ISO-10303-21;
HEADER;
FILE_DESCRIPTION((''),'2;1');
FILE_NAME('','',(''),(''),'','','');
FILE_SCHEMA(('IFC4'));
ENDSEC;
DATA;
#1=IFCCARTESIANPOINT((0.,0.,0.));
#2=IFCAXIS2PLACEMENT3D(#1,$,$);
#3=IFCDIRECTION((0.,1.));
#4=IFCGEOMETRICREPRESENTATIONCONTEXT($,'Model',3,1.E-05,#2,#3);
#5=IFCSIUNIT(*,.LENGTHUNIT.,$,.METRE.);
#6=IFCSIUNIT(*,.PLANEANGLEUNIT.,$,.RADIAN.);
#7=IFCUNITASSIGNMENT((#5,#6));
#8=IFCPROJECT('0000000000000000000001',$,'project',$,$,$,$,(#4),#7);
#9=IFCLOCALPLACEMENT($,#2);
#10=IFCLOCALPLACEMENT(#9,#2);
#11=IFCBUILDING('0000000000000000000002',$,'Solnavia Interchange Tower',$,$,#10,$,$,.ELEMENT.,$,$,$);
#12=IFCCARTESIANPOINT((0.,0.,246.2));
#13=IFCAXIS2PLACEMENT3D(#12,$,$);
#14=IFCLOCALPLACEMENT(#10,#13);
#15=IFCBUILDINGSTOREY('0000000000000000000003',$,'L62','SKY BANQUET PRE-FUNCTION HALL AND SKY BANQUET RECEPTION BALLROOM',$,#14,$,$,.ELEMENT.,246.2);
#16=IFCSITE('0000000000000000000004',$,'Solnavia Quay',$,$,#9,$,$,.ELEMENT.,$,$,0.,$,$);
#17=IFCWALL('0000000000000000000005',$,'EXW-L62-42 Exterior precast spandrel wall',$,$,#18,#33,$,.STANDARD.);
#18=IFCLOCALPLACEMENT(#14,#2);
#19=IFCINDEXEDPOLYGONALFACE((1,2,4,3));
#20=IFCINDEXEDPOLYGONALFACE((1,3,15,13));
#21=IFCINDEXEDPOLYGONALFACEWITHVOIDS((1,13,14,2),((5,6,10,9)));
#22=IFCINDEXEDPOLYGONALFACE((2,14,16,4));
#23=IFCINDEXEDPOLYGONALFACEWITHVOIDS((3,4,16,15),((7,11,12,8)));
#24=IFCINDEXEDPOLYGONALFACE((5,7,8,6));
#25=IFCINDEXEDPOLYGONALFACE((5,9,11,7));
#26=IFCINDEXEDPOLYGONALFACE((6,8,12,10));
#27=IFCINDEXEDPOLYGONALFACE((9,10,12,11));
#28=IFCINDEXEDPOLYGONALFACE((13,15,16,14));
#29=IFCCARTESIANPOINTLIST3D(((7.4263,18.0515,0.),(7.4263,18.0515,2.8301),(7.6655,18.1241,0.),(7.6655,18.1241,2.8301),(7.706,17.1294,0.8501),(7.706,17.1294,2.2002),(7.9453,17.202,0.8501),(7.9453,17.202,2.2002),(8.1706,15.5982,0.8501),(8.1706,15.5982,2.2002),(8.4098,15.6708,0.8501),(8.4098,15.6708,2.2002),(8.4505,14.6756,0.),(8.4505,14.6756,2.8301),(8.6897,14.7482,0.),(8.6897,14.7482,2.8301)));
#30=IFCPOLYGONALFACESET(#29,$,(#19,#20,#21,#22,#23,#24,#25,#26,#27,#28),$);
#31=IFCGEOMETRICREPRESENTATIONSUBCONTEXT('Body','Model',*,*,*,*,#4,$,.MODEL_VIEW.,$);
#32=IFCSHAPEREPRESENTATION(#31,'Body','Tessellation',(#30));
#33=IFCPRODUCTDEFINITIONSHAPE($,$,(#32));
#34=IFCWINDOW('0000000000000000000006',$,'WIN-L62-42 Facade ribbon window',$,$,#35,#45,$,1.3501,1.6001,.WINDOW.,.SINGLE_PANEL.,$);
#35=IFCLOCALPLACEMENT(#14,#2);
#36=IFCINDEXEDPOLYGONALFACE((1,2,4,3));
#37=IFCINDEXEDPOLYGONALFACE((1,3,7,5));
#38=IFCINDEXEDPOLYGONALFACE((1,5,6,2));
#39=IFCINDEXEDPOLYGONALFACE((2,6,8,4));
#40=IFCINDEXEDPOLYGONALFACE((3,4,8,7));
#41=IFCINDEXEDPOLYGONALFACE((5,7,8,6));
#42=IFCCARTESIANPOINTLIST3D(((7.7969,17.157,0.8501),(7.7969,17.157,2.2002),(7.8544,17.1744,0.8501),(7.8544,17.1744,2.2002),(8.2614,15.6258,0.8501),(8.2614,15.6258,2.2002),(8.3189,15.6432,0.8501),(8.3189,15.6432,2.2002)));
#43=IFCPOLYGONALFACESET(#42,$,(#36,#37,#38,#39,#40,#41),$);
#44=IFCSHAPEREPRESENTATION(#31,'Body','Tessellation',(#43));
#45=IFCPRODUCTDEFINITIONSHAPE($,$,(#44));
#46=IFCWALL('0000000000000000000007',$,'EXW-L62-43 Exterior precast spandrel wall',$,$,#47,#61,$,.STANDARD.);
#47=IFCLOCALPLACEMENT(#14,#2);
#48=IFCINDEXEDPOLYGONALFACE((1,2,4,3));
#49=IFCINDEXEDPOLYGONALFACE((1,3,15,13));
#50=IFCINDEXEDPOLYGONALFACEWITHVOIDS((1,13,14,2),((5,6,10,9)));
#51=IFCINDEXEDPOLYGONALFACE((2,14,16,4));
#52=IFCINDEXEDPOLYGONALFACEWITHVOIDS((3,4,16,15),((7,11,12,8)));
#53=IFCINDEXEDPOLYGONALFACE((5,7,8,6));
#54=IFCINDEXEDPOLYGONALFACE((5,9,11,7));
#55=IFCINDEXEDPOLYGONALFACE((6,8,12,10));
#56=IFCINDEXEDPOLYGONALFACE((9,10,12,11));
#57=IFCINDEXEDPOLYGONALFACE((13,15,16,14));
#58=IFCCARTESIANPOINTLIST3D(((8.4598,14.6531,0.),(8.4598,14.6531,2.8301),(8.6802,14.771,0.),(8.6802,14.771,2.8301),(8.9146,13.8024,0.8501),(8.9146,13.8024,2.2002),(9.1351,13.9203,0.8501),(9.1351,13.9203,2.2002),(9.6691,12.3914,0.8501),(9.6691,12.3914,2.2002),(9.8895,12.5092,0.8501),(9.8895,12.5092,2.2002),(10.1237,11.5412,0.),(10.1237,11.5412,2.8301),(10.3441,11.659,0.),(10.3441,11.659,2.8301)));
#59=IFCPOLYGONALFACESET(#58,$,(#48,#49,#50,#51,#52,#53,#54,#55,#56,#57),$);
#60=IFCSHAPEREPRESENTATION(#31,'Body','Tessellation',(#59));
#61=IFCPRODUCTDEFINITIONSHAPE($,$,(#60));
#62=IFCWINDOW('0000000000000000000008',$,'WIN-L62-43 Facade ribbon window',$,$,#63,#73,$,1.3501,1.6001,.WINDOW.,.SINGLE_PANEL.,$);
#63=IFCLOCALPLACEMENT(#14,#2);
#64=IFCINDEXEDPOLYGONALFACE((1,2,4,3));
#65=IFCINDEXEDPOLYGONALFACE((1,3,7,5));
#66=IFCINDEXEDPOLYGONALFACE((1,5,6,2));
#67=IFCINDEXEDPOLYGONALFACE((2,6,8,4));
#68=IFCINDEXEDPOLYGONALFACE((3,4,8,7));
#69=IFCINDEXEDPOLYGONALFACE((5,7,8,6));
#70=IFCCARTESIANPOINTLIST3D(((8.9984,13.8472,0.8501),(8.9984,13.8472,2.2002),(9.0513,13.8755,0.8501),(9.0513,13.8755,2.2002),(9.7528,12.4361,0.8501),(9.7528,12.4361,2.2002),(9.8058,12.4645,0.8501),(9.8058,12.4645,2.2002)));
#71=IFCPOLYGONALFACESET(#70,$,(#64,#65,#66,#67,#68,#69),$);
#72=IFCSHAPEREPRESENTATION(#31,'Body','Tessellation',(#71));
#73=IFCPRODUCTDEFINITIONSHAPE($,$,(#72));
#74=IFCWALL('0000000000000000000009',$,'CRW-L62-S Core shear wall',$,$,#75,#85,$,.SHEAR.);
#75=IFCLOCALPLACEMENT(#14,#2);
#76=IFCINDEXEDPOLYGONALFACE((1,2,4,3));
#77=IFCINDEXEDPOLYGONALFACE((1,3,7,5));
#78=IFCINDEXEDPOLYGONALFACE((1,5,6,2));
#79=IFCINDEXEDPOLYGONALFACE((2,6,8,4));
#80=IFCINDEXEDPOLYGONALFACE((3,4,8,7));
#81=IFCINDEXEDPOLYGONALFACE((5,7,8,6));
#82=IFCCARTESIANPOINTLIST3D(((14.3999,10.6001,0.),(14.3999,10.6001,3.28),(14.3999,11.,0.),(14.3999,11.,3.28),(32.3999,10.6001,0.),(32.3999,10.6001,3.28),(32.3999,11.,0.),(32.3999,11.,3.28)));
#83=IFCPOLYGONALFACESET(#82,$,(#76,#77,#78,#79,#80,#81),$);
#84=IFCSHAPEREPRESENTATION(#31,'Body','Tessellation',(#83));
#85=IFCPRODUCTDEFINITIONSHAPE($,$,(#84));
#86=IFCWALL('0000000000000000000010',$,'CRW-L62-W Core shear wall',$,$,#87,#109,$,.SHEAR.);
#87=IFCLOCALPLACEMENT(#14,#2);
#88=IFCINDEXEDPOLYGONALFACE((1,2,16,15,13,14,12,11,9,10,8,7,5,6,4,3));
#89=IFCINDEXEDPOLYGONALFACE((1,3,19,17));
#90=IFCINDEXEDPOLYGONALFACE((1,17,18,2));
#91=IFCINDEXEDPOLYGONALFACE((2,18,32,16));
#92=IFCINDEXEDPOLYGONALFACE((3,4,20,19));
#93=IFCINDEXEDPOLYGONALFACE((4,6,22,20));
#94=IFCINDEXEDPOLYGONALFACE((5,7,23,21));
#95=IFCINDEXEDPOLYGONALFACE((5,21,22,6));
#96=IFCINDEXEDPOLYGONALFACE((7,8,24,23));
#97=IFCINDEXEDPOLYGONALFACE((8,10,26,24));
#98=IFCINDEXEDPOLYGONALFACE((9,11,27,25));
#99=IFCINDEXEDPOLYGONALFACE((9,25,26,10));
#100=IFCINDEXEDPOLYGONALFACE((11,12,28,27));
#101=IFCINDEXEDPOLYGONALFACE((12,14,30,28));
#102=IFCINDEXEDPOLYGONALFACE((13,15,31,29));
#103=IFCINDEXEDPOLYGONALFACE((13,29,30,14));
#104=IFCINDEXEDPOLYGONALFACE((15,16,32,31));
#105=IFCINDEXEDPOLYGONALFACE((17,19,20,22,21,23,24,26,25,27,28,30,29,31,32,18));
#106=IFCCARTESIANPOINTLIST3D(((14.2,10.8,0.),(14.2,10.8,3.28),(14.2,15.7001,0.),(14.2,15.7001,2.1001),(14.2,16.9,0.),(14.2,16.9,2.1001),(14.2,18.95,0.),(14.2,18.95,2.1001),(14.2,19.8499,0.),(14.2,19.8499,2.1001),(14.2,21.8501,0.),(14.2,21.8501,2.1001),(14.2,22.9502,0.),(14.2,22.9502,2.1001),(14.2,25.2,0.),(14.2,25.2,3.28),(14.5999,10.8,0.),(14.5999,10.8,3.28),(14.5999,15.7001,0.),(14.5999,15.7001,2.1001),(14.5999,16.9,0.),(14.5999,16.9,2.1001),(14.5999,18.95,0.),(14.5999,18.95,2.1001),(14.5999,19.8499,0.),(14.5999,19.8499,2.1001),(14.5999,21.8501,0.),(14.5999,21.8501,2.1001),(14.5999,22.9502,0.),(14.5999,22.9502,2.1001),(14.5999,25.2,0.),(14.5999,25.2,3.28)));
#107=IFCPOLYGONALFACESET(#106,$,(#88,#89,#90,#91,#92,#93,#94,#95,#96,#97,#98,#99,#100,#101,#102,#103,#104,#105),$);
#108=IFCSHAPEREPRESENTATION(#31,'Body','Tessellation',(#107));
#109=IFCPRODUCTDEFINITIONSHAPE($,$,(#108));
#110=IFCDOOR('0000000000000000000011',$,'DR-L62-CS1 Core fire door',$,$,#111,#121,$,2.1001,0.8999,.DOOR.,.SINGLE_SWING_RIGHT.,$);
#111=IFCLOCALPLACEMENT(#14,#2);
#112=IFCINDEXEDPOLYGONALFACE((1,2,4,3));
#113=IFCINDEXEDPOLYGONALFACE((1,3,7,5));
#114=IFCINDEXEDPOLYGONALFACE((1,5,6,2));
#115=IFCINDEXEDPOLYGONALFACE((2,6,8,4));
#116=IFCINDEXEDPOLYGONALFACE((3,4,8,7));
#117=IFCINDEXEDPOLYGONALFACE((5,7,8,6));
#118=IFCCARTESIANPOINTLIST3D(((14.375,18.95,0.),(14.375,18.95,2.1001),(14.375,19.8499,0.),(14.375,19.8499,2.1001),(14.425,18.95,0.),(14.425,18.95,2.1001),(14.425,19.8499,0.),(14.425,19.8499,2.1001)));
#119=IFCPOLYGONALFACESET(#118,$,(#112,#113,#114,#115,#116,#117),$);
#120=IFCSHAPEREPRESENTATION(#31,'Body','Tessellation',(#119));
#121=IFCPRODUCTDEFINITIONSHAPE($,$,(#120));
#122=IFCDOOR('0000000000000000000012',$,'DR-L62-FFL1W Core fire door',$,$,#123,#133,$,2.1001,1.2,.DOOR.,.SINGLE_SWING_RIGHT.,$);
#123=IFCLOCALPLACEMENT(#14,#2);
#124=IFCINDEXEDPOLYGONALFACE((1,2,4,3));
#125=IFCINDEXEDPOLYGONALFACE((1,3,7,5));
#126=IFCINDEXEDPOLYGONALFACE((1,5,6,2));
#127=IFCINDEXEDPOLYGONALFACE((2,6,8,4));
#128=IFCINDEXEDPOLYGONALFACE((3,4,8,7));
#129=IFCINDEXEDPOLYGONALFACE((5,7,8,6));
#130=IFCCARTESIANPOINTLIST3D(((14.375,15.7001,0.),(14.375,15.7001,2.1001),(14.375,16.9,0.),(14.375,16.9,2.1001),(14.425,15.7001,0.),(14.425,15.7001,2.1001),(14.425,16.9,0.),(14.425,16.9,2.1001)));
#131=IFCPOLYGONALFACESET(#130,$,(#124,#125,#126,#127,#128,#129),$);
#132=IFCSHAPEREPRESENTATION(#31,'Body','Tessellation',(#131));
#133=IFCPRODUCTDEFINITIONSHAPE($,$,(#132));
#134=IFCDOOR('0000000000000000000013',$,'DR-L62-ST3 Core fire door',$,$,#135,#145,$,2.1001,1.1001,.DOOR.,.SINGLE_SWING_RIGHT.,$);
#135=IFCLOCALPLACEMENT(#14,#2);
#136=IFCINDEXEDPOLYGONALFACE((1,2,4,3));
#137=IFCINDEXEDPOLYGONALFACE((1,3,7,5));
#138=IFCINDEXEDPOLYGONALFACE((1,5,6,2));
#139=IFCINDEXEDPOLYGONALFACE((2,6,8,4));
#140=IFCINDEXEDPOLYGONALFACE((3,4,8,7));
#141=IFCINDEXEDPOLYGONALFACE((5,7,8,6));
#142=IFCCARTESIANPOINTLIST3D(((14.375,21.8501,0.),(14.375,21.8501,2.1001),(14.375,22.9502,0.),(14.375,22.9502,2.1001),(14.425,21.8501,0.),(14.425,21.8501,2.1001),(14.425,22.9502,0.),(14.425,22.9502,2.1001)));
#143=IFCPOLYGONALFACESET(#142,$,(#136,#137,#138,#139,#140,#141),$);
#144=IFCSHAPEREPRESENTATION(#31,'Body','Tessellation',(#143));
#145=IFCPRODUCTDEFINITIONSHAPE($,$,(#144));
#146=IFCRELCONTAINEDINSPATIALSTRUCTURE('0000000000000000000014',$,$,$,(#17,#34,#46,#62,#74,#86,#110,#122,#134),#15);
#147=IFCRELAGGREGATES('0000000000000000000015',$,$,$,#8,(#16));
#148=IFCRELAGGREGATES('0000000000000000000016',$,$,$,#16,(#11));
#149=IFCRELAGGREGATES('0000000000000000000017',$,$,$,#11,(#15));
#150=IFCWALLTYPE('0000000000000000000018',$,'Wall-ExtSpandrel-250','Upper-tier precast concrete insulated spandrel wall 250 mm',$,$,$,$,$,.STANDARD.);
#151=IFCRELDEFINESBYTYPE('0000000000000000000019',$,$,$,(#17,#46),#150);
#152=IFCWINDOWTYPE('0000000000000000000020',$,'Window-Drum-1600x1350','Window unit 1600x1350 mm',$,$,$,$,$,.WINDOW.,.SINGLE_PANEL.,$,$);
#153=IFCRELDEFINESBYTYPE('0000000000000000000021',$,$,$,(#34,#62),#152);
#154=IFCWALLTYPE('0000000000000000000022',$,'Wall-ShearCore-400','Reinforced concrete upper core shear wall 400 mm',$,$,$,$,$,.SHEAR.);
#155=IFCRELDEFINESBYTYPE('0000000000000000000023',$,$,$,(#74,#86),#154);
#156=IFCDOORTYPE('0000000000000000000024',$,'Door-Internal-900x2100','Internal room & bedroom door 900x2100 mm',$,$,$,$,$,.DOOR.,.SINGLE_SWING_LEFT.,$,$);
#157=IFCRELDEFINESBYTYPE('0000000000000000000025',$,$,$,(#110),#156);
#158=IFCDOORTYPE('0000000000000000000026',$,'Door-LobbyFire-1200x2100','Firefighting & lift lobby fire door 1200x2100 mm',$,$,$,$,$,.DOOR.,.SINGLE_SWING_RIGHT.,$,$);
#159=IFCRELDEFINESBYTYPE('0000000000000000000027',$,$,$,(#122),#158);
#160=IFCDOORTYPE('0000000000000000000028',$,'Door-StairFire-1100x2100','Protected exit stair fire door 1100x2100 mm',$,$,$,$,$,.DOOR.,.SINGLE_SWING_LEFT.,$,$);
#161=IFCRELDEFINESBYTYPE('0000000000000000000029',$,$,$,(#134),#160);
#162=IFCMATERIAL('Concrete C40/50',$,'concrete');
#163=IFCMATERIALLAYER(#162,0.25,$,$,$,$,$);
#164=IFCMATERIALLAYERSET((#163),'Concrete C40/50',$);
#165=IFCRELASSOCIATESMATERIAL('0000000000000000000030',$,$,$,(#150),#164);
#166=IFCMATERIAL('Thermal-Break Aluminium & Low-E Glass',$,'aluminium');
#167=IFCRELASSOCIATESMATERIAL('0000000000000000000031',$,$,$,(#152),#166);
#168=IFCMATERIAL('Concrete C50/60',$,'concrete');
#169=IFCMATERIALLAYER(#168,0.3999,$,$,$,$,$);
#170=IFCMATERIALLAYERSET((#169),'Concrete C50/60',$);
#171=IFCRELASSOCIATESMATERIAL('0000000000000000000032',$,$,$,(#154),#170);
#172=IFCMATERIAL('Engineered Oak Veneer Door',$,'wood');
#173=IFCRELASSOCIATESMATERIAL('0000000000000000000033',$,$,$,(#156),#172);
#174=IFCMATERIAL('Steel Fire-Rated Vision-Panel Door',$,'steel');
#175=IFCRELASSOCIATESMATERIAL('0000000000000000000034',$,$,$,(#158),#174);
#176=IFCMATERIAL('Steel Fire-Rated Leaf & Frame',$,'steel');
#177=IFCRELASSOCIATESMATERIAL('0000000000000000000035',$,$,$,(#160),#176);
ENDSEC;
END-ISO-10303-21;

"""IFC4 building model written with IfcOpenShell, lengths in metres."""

from ifc_helpers import new_model, si_unit, direction, frame, frame_2d, origin, place, context, subcontext, project, spatial, rectangle, extrude, material, layer, layer_set, type_object, element, fill, save


model = new_model("IFC4")

# Units and contexts
model_context = context("Model", 3, precision=1e-05, world=origin(), true_north=direction((0.0, 1.0)))
body_context = subcontext(model_context, "Body", "Model", "MODEL_VIEW")
ifc_project = project(units=[si_unit("LENGTHUNIT", "METRE"), si_unit("PLANEANGLEUNIT", "RADIAN")], contexts=[model_context])

# Site, building, storey
site_placement = place(None, origin())
site = spatial("IfcSite", under=ifc_project, at=site_placement, Name="Solnavia Quay", CompositionType="ELEMENT", RefElevation=0.0)
building_placement = place(site_placement, origin())
building = spatial("IfcBuilding", under=site, at=building_placement, Name="Solnavia Interchange Tower", CompositionType="ELEMENT")
storey_placement = place(building_placement, frame((0.0, 0.0, 246.2)))
storey = spatial("IfcBuildingStorey", under=building, at=storey_placement, Name="L62", Description="SKY BANQUET PRE-FUNCTION HALL AND SKY BANQUET RECEPTION BALLROOM", CompositionType="ELEMENT", Elevation=246.2)

# Shared definitions
ifc_material_1 = material(Name="Concrete C50/60", Category="concrete")

# Walls, openings, windows
ifc_material_2 = material(Name="Concrete C40/50", Category="concrete")
ifc_layer_1 = layer(ifc_material_2, 0.25)
ifc_layer_set_1 = layer_set([ifc_layer_1], Name="Concrete C40/50")
wall_type_1 = type_object("IfcWallType", Name="Wall-ExtSpandrel-250", Description="Upper-tier precast concrete insulated spandrel wall 250 mm", PredefinedType="STANDARD", material=ifc_layer_set_1)
ifc_material_3 = material(Name="Thermal-Break Aluminium & Low-E Glass", Category="aluminium")
window_type = type_object("IfcWindowType", Name="Window-Drum-1600x1350", Description="Window unit 1600x1350 mm", PartitioningType="SINGLE_PANEL", PredefinedType="WINDOW", material=ifc_material_3)
wall_1_placement = place(storey_placement, frame((8.5701, 14.7119, 0.0), z_axis=(0.0, 0.0, 1.0), x_axis=(-0.290305, 0.956934, 0.0)))
wall_1 = element("IfcWall", 1, at=wall_1_placement, inside=storey, type_object=wall_type_1, Name="EXW-L62-42 Exterior precast spandrel wall", PredefinedType="STANDARD", context=body_context, shape_type="SweptSolid", body=[
    extrude(rectangle(XDim=3.5278, YDim=0.25, at=frame_2d((1.7639, 0.0))), origin(), (0.0, 0.0, 1.0), 2.8301),
])
opening_1_placement = place(wall_1_placement, frame((0.9641, 0.0, 0.8501)))
opening_1 = element("IfcOpeningElement", 2, at=opening_1_placement, cuts=wall_1, PredefinedType="OPENING", context=body_context, shape_type="SweptSolid", body=[
    extrude(rectangle(XDim=1.6001, YDim=1.3501, at=frame_2d((0.8, 0.675))), frame((0.0, 0.135, 0.0), z_axis=(0.0, -1.0, 0.0), x_axis=(1.0, 0.0, 0.0)), (0.0, 0.0, 1.0), 0.27),
])
window_1_placement = place(opening_1_placement, origin())
window_1 = element("IfcWindow", 3, at=window_1_placement, inside=storey, type_object=window_type, Name="WIN-L62-42 Facade ribbon window", OverallHeight=1.3501, OverallWidth=1.6001, PartitioningType="SINGLE_PANEL", PredefinedType="WINDOW", context=body_context, shape_type="SweptSolid", body=[
    extrude(rectangle(XDim=1.6001, YDim=1.3501, at=frame_2d((0.8, 0.675))), frame((0.0, 0.03, 0.0), z_axis=(0.0, -1.0, 0.0), x_axis=(1.0, 0.0, 0.0)), (0.0, 0.0, 1.0), 0.0601),
])
fill(opening_1, window_1)
wall_2_placement = place(storey_placement, frame((10.2339, 11.6001, 0.0), z_axis=(0.0, 0.0, 1.0), x_axis=(-0.471511, 0.88186, 0.0)))
wall_2 = element("IfcWall", 4, at=wall_2_placement, inside=storey, type_object=wall_type_1, Name="EXW-L62-43 Exterior precast spandrel wall", PredefinedType="STANDARD", context=body_context, shape_type="SweptSolid", body=[
    extrude(rectangle(XDim=3.5288, YDim=0.25, at=frame_2d((1.7644, 0.0))), origin(), (0.0, 0.0, 1.0), 2.8301),
])
opening_2_placement = place(wall_2_placement, frame((0.9641, 0.0, 0.8501)))
opening_2 = element("IfcOpeningElement", 5, at=opening_2_placement, cuts=wall_2, PredefinedType="OPENING", context=body_context, shape_type="SweptSolid", body=[
    extrude(rectangle(XDim=1.6001, YDim=1.3501, at=frame_2d((0.8, 0.675))), frame((0.0, 0.135, 0.0), z_axis=(0.0, -1.0, 0.0), x_axis=(1.0, 0.0, 0.0)), (0.0, 0.0, 1.0), 0.27),
])
window_2_placement = place(opening_2_placement, origin())
window_2 = element("IfcWindow", 6, at=window_2_placement, inside=storey, type_object=window_type, Name="WIN-L62-43 Facade ribbon window", OverallHeight=1.3501, OverallWidth=1.6001, PartitioningType="SINGLE_PANEL", PredefinedType="WINDOW", context=body_context, shape_type="SweptSolid", body=[
    extrude(rectangle(XDim=1.6001, YDim=1.3501, at=frame_2d((0.8, 0.675))), frame((0.0, 0.03, 0.0), z_axis=(0.0, -1.0, 0.0), x_axis=(1.0, 0.0, 0.0)), (0.0, 0.0, 1.0), 0.0601),
])
fill(opening_2, window_2)

# Wall
ifc_layer_2 = layer(ifc_material_1, 0.3999)
ifc_layer_set_2 = layer_set([ifc_layer_2], Name="Concrete C50/60")
wall_type_2 = type_object("IfcWallType", Name="Wall-ShearCore-400", Description="Reinforced concrete upper core shear wall 400 mm", PredefinedType="SHEAR", material=ifc_layer_set_2)
wall_3_placement = place(storey_placement, frame((14.3999, 10.8, 0.0), z_axis=(0.0, 0.0, 1.0), x_axis=(1.0, 0.0, 0.0)))
element("IfcWall", 7, at=wall_3_placement, inside=storey, type_object=wall_type_2, Name="CRW-L62-S Core shear wall", PredefinedType="SHEAR", context=body_context, shape_type="SweptSolid", body=[
    extrude(rectangle(XDim=18.0, YDim=0.3999, at=frame_2d((9.0, 0.0))), origin(), (0.0, 0.0, 1.0), 3.28),
])

# Wall, openings, doors
wall_4_placement = place(storey_placement, frame((14.3999, 10.8, 0.0), z_axis=(0.0, 0.0, 1.0), x_axis=(0.0, 1.0, 0.0)))
wall_4 = element("IfcWall", 8, at=wall_4_placement, inside=storey, type_object=wall_type_2, Name="CRW-L62-W Core shear wall", PredefinedType="SHEAR", context=body_context, shape_type="SweptSolid", body=[
    extrude(rectangle(XDim=14.3999, YDim=0.3999, at=frame_2d((7.2, 0.0))), origin(), (0.0, 0.0, 1.0), 3.28),
])
opening_3_placement = place(wall_4_placement, frame((11.05, 0.0, 0.0)))
opening_3 = element("IfcOpeningElement", 9, at=opening_3_placement, cuts=wall_4, PredefinedType="OPENING", context=body_context, shape_type="SweptSolid", body=[
    extrude(rectangle(XDim=1.1001, YDim=2.1001, at=frame_2d((0.55, 1.05))), frame((0.0, 0.21, 0.0), z_axis=(0.0, -1.0, 0.0), x_axis=(1.0, 0.0, 0.0)), (0.0, 0.0, 1.0), 0.4199),
])
opening_4_placement = place(wall_4_placement, frame((4.8999, 0.0, 0.0)))
opening_4 = element("IfcOpeningElement", 10, at=opening_4_placement, cuts=wall_4, PredefinedType="OPENING", context=body_context, shape_type="SweptSolid", body=[
    extrude(rectangle(XDim=1.2, YDim=2.1001, at=frame_2d((0.6001, 1.05))), frame((0.0, 0.21, 0.0), z_axis=(0.0, -1.0, 0.0), x_axis=(1.0, 0.0, 0.0)), (0.0, 0.0, 1.0), 0.4199),
])
opening_5_placement = place(wall_4_placement, frame((8.1499, 0.0, 0.0)))
opening_5 = element("IfcOpeningElement", 11, at=opening_5_placement, cuts=wall_4, PredefinedType="OPENING", context=body_context, shape_type="SweptSolid", body=[
    extrude(rectangle(XDim=0.8999, YDim=2.1001, at=frame_2d((0.45, 1.05))), frame((0.0, 0.21, 0.0), z_axis=(0.0, -1.0, 0.0), x_axis=(1.0, 0.0, 0.0)), (0.0, 0.0, 1.0), 0.4199),
])
ifc_material_4 = material(Name="Engineered Oak Veneer Door", Category="wood")
door_type_1 = type_object("IfcDoorType", Name="Door-Internal-900x2100", Description="Internal room & bedroom door 900x2100 mm", OperationType="SINGLE_SWING_LEFT", PredefinedType="DOOR", material=ifc_material_4)
door_1_placement = place(opening_5_placement, origin())
door_1 = element("IfcDoor", 12, at=door_1_placement, inside=storey, type_object=door_type_1, Name="DR-L62-CS1 Core fire door", OperationType="SINGLE_SWING_RIGHT", OverallHeight=2.1001, OverallWidth=0.8999, PredefinedType="DOOR", context=body_context, shape_type="SweptSolid", body=[
    extrude(rectangle(XDim=0.8999, YDim=2.1001, at=frame_2d((0.45, 1.05))), frame((0.0, 0.0249, 0.0), z_axis=(0.0, -1.0, 0.0), x_axis=(1.0, 0.0, 0.0)), (0.0, 0.0, 1.0), 0.05),
])
fill(opening_5, door_1)
ifc_material_5 = material(Name="Steel Fire-Rated Vision-Panel Door", Category="steel")
door_type_2 = type_object("IfcDoorType", Name="Door-LobbyFire-1200x2100", Description="Firefighting & lift lobby fire door 1200x2100 mm", OperationType="SINGLE_SWING_RIGHT", PredefinedType="DOOR", material=ifc_material_5)
door_2_placement = place(opening_4_placement, origin())
door_2 = element("IfcDoor", 13, at=door_2_placement, inside=storey, type_object=door_type_2, Name="DR-L62-FFL1W Core fire door", OperationType="SINGLE_SWING_RIGHT", OverallHeight=2.1001, OverallWidth=1.2, PredefinedType="DOOR", context=body_context, shape_type="SweptSolid", body=[
    extrude(rectangle(XDim=1.2, YDim=2.1001, at=frame_2d((0.6001, 1.05))), frame((0.0, 0.0249, 0.0), z_axis=(0.0, -1.0, 0.0), x_axis=(1.0, 0.0, 0.0)), (0.0, 0.0, 1.0), 0.05),
])
fill(opening_4, door_2)
ifc_material_6 = material(Name="Steel Fire-Rated Leaf & Frame", Category="steel")
door_type_3 = type_object("IfcDoorType", Name="Door-StairFire-1100x2100", Description="Protected exit stair fire door 1100x2100 mm", OperationType="SINGLE_SWING_LEFT", PredefinedType="DOOR", material=ifc_material_6)
door_3_placement = place(opening_3_placement, origin())
door_3 = element("IfcDoor", 14, at=door_3_placement, inside=storey, type_object=door_type_3, Name="DR-L62-ST3 Core fire door", OperationType="SINGLE_SWING_RIGHT", OverallHeight=2.1001, OverallWidth=1.1001, PredefinedType="DOOR", context=body_context, shape_type="SweptSolid", body=[
    extrude(rectangle(XDim=1.1001, YDim=2.1001, at=frame_2d((0.55, 1.05))), frame((0.0, 0.0249, 0.0), z_axis=(0.0, -1.0, 0.0), x_axis=(1.0, 0.0, 0.0)), (0.0, 0.0, 1.0), 0.05),
])
fill(opening_3, door_3)

save(model, "model.ifc")
